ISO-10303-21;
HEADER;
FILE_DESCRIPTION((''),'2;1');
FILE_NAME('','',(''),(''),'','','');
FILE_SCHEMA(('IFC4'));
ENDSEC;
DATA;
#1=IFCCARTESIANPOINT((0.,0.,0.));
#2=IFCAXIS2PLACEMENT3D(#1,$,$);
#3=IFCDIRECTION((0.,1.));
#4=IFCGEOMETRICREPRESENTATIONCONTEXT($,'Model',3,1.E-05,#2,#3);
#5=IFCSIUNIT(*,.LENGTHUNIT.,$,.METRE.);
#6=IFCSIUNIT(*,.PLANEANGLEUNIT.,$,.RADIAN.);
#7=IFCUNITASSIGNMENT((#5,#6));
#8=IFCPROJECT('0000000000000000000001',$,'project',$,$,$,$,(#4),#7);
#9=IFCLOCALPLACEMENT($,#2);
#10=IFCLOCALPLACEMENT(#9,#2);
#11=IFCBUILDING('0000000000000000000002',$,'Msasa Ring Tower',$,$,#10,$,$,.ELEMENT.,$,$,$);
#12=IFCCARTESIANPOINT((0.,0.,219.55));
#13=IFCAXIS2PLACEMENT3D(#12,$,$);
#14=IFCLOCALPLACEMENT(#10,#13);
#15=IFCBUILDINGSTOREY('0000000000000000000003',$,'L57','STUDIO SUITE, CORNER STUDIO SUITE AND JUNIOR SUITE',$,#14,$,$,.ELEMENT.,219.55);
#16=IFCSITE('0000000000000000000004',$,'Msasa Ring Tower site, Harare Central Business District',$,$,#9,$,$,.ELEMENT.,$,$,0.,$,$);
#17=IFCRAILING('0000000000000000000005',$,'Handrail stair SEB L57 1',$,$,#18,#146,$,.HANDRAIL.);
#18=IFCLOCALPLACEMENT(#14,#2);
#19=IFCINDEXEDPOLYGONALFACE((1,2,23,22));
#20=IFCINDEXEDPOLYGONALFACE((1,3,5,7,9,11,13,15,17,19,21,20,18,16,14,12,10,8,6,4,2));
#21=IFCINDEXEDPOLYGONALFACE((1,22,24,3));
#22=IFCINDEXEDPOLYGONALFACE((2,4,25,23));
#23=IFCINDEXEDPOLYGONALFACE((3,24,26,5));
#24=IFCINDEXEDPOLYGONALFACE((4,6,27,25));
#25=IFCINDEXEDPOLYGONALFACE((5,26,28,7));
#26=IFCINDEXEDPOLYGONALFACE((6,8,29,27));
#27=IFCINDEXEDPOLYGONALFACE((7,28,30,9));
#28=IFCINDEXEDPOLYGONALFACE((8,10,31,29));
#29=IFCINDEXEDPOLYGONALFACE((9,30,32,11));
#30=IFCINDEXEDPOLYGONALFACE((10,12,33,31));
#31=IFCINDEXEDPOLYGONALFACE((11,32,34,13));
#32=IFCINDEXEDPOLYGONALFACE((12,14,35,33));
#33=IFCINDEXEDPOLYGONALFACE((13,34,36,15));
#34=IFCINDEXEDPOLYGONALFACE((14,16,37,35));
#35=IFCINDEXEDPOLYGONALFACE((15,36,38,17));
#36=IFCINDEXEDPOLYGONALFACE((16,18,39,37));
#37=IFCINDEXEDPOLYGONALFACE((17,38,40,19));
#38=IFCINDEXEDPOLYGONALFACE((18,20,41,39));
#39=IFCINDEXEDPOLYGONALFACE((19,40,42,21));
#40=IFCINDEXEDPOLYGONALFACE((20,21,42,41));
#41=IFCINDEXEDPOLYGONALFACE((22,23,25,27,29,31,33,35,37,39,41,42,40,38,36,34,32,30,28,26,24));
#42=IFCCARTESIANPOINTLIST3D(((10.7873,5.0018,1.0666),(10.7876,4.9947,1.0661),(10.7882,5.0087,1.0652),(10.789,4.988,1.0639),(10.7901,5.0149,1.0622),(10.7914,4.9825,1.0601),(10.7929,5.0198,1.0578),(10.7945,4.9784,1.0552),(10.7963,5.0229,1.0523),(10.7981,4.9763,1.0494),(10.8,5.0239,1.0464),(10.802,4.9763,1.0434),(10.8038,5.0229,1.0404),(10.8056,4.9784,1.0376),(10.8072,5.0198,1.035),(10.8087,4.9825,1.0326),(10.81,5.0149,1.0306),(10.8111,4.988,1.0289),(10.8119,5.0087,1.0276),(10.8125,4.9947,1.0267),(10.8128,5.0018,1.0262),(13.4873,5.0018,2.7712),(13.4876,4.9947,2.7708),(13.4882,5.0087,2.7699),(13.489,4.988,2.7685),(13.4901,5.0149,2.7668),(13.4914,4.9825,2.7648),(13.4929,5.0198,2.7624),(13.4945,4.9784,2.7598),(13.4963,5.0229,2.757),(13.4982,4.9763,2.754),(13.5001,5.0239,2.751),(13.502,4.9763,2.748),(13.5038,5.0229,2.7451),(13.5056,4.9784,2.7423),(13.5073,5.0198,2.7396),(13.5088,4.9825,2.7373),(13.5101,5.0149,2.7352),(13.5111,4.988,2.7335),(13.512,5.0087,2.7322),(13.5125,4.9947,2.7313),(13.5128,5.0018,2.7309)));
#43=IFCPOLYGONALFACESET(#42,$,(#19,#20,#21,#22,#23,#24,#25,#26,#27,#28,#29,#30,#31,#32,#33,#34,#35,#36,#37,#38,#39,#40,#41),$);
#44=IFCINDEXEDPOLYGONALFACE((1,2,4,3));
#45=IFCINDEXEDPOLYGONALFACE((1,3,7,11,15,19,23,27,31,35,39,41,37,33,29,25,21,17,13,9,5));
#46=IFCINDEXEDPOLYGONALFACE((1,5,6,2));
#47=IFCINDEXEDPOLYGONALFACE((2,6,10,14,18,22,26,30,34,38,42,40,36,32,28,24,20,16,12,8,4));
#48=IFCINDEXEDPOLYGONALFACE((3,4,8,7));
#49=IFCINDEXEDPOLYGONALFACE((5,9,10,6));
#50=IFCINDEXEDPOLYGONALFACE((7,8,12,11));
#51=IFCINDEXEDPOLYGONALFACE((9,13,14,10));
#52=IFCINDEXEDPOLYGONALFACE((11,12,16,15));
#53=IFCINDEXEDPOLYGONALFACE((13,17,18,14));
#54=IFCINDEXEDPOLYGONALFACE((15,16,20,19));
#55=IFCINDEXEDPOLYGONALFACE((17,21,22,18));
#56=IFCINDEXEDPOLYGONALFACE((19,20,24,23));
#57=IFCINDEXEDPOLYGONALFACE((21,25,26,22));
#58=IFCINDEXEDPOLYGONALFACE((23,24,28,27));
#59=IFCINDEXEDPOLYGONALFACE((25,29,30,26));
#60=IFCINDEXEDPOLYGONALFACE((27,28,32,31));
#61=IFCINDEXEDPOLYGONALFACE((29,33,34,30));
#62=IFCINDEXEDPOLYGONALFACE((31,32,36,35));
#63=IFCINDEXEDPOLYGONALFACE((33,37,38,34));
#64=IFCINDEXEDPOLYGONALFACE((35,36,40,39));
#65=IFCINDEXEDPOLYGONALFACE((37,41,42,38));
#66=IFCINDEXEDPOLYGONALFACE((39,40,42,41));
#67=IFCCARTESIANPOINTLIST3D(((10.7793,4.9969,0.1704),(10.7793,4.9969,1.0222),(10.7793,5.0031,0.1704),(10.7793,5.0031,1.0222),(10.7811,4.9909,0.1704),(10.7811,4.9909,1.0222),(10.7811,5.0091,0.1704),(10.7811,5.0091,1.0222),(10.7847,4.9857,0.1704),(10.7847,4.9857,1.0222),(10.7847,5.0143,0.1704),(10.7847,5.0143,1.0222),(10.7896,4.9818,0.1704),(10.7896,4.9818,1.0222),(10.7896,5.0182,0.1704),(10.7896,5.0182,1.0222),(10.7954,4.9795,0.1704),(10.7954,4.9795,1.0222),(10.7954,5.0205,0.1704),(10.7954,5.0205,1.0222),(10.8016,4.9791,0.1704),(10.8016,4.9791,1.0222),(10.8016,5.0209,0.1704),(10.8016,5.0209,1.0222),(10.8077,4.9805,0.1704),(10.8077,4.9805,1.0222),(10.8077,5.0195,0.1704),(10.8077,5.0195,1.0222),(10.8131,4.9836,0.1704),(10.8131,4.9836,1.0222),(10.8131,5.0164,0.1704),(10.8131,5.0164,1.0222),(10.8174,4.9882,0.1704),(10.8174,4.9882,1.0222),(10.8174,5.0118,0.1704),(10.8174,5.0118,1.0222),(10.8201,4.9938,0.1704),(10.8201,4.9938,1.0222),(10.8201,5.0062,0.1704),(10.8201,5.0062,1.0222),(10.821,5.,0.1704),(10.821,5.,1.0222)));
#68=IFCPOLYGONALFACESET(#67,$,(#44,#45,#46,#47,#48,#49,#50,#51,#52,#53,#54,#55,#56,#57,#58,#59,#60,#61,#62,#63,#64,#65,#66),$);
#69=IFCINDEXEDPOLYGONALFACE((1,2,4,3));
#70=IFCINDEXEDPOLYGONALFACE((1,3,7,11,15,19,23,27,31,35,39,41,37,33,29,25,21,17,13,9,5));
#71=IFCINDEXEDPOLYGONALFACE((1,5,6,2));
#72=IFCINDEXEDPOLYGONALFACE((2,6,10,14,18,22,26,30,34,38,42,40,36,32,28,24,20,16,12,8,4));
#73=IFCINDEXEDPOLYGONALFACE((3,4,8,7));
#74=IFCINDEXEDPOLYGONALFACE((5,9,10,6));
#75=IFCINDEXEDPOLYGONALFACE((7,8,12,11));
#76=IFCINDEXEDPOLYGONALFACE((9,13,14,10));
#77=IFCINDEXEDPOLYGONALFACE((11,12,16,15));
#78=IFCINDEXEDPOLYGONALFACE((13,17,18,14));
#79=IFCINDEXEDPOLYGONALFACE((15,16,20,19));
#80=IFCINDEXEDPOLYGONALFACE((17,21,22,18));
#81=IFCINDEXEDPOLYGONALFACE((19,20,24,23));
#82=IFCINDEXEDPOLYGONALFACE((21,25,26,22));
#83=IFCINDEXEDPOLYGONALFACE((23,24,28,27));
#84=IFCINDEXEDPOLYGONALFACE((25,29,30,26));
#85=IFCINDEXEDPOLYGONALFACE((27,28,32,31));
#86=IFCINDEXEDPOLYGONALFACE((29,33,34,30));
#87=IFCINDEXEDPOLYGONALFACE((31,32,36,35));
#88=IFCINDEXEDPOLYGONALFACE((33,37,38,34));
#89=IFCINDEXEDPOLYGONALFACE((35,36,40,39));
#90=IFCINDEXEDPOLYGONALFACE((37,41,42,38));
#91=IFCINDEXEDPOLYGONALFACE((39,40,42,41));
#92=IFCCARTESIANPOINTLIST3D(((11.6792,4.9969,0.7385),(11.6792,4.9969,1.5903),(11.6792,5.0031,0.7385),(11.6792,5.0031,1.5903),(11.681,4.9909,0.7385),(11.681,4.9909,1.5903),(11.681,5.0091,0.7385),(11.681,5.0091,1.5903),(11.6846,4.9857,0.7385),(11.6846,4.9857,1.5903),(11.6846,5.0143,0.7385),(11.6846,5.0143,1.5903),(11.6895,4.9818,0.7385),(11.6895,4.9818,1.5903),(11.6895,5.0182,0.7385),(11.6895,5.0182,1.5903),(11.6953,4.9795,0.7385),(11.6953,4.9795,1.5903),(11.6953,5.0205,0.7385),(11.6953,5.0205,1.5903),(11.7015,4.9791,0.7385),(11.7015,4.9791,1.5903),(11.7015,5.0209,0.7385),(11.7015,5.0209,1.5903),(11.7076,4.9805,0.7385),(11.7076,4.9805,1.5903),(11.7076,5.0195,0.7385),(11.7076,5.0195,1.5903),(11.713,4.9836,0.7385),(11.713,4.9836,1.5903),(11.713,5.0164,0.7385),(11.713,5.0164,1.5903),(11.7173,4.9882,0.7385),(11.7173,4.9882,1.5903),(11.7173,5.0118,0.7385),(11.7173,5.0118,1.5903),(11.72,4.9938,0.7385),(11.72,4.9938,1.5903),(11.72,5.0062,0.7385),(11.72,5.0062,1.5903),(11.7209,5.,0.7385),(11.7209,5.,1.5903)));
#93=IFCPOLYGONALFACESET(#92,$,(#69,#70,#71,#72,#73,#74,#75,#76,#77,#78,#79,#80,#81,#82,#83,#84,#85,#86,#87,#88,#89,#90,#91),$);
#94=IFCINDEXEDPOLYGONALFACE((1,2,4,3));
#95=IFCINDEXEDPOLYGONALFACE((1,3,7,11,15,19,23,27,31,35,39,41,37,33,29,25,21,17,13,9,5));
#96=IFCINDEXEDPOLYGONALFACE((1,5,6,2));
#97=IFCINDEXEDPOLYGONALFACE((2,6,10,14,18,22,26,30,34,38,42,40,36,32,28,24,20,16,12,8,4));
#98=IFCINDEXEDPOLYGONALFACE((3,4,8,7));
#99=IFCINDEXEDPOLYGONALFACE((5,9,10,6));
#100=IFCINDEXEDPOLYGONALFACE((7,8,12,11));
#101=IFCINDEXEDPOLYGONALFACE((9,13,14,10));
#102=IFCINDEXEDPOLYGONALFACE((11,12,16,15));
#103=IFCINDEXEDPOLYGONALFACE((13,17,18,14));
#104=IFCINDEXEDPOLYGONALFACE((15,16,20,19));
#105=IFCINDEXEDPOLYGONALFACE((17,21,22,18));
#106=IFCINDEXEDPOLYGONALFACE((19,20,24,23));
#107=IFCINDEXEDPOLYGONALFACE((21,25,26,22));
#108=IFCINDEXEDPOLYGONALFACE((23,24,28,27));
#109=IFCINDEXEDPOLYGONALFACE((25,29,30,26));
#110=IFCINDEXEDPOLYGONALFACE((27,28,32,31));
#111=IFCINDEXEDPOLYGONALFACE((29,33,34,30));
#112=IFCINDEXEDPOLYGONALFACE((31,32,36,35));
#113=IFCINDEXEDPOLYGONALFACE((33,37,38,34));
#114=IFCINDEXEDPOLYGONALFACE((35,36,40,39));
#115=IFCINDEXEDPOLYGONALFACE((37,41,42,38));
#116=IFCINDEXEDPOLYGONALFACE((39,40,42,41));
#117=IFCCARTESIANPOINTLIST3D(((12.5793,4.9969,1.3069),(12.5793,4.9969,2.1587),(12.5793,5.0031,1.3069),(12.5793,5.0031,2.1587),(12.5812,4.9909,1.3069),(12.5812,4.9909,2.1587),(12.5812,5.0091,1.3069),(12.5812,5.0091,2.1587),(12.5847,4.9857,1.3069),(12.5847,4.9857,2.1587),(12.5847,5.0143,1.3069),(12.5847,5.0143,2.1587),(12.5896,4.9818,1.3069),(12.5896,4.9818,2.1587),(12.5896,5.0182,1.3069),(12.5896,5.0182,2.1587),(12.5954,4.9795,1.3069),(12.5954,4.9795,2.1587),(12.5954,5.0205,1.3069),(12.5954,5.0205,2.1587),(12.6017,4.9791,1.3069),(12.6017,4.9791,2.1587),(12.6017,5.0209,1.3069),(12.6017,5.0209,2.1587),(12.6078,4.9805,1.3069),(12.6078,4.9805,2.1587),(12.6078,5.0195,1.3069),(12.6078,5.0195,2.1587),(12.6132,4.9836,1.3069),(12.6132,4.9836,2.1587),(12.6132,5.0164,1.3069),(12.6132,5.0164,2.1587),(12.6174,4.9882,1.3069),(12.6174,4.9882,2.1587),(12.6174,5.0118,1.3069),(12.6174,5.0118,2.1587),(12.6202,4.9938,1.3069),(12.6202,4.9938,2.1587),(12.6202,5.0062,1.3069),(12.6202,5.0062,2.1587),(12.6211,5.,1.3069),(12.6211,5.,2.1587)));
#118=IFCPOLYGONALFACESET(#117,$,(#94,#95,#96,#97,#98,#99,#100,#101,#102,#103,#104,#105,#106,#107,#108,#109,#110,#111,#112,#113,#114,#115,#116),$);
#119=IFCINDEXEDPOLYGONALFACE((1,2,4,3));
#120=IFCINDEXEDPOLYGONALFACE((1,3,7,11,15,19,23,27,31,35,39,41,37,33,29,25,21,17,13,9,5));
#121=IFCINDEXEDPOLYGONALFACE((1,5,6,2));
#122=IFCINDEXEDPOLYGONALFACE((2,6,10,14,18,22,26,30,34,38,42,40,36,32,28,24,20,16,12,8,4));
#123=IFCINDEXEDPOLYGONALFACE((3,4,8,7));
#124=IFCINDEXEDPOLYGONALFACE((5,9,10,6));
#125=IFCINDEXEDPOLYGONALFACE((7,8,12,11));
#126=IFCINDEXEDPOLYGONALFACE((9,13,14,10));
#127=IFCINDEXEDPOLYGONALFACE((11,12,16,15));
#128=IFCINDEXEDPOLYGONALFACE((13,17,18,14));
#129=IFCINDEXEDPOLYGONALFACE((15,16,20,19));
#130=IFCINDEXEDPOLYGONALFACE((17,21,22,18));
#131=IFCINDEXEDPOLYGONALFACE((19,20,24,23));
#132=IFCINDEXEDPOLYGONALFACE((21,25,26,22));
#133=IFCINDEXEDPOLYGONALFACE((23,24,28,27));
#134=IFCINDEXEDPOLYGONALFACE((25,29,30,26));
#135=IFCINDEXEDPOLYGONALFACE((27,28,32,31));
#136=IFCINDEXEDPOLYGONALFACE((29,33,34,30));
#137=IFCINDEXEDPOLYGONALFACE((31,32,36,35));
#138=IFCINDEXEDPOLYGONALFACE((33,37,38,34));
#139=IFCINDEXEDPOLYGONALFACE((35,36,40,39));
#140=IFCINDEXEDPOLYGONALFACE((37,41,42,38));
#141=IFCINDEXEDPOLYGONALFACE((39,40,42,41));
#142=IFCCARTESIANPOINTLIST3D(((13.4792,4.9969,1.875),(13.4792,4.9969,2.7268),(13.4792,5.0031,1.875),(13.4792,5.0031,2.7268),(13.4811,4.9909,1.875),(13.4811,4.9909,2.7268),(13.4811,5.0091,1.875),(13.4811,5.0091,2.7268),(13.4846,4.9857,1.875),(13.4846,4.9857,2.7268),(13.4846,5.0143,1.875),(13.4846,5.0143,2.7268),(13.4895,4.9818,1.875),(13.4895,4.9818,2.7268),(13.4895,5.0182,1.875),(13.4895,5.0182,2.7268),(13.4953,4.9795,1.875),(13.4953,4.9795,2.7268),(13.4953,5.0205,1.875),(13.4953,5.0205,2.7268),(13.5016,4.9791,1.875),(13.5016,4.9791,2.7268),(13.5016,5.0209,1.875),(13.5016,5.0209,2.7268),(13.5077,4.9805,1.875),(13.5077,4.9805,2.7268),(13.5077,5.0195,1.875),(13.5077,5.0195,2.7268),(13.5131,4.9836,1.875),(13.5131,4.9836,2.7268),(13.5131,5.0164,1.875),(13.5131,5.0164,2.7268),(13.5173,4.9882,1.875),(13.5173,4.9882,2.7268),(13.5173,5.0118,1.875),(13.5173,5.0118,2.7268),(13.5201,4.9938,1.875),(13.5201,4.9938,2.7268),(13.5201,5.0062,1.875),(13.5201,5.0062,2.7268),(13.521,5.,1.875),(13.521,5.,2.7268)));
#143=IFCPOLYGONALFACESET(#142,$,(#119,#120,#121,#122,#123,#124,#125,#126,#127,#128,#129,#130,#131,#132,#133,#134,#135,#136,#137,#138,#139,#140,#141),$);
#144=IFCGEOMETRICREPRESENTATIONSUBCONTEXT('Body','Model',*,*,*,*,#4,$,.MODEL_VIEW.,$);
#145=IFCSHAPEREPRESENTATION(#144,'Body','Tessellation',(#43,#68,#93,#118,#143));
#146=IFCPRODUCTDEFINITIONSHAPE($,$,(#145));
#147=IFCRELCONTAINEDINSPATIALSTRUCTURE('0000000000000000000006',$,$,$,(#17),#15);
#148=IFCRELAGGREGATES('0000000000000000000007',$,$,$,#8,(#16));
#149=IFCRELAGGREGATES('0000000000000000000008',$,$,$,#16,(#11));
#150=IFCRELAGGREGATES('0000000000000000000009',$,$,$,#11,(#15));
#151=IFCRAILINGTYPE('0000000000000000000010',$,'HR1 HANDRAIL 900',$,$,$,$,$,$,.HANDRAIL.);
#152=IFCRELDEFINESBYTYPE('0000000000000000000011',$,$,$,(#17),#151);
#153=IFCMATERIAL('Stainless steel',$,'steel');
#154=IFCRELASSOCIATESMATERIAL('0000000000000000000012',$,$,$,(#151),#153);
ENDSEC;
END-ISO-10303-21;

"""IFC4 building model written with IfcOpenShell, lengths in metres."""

from ifc_helpers import new_model, si_unit, direction, frame, origin, origin_2d, place, context, subcontext, project, spatial, circle, extrude, material, type_object, element, save


model = new_model("IFC4")

# Units and contexts
model_context = context("Model", 3, precision=1e-05, world=origin(), true_north=direction((0.0, 1.0)))
body_context = subcontext(model_context, "Body", "Model", "MODEL_VIEW")
ifc_project = project(units=[si_unit("LENGTHUNIT", "METRE"), si_unit("PLANEANGLEUNIT", "RADIAN")], contexts=[model_context])

# Site, building, storey
site_placement = place(None, origin())
site = spatial("IfcSite", under=ifc_project, at=site_placement, Name="Msasa Ring Tower site, Harare Central Business District", CompositionType="ELEMENT", RefElevation=0.0)
building_placement = place(site_placement, origin())
building = spatial("IfcBuilding", under=site, at=building_placement, Name="Msasa Ring Tower", CompositionType="ELEMENT")
storey_placement = place(building_placement, frame((0.0, 0.0, 219.55)))
storey = spatial("IfcBuildingStorey", under=building, at=storey_placement, Name="L57", Description="STUDIO SUITE, CORNER STUDIO SUITE AND JUNIOR SUITE", CompositionType="ELEMENT", Elevation=219.55)

# Railing
ifc_material_1 = material(Name="Stainless steel", Category="steel")
railing_type = type_object("IfcRailingType", Name="HR1 HANDRAIL 900", PredefinedType="HANDRAIL", material=ifc_material_1)
for number, where, name in (
    (1, (10.8, 5.0, 0.1704), "Handrail stair SEB L57 1"),
):
    element("IfcRailing", number, at=place(storey_placement, frame(where)), inside=storey, type_object=railing_type, Name=name, PredefinedType="HANDRAIL", context=body_context, shape_type="SweptSolid", body=[
        extrude(circle(Radius=0.0239, at=origin_2d()), frame((0.0, 0.0, 0.876), z_axis=(0.84558, 0.0, 0.533849), x_axis=(0.0, 1.0, 0.0)), (0.0, 0.0, 1.0), 3.1931),
        extrude(circle(Radius=0.021, at=origin_2d()), origin(), (0.0, 0.0, 1.0), 0.8518),
        extrude(circle(Radius=0.021, at=origin_2d()), frame((0.8999, 0.0, 0.5681)), (0.0, 0.0, 1.0), 0.8518),
        extrude(circle(Radius=0.021, at=origin_2d()), frame((1.8, 0.0, 1.1365)), (0.0, 0.0, 1.0), 0.8518),
        extrude(circle(Radius=0.021, at=origin_2d()), frame((2.7, 0.0, 1.7046)), (0.0, 0.0, 1.0), 0.8518),
    ])

save(model, "model.ifc")
